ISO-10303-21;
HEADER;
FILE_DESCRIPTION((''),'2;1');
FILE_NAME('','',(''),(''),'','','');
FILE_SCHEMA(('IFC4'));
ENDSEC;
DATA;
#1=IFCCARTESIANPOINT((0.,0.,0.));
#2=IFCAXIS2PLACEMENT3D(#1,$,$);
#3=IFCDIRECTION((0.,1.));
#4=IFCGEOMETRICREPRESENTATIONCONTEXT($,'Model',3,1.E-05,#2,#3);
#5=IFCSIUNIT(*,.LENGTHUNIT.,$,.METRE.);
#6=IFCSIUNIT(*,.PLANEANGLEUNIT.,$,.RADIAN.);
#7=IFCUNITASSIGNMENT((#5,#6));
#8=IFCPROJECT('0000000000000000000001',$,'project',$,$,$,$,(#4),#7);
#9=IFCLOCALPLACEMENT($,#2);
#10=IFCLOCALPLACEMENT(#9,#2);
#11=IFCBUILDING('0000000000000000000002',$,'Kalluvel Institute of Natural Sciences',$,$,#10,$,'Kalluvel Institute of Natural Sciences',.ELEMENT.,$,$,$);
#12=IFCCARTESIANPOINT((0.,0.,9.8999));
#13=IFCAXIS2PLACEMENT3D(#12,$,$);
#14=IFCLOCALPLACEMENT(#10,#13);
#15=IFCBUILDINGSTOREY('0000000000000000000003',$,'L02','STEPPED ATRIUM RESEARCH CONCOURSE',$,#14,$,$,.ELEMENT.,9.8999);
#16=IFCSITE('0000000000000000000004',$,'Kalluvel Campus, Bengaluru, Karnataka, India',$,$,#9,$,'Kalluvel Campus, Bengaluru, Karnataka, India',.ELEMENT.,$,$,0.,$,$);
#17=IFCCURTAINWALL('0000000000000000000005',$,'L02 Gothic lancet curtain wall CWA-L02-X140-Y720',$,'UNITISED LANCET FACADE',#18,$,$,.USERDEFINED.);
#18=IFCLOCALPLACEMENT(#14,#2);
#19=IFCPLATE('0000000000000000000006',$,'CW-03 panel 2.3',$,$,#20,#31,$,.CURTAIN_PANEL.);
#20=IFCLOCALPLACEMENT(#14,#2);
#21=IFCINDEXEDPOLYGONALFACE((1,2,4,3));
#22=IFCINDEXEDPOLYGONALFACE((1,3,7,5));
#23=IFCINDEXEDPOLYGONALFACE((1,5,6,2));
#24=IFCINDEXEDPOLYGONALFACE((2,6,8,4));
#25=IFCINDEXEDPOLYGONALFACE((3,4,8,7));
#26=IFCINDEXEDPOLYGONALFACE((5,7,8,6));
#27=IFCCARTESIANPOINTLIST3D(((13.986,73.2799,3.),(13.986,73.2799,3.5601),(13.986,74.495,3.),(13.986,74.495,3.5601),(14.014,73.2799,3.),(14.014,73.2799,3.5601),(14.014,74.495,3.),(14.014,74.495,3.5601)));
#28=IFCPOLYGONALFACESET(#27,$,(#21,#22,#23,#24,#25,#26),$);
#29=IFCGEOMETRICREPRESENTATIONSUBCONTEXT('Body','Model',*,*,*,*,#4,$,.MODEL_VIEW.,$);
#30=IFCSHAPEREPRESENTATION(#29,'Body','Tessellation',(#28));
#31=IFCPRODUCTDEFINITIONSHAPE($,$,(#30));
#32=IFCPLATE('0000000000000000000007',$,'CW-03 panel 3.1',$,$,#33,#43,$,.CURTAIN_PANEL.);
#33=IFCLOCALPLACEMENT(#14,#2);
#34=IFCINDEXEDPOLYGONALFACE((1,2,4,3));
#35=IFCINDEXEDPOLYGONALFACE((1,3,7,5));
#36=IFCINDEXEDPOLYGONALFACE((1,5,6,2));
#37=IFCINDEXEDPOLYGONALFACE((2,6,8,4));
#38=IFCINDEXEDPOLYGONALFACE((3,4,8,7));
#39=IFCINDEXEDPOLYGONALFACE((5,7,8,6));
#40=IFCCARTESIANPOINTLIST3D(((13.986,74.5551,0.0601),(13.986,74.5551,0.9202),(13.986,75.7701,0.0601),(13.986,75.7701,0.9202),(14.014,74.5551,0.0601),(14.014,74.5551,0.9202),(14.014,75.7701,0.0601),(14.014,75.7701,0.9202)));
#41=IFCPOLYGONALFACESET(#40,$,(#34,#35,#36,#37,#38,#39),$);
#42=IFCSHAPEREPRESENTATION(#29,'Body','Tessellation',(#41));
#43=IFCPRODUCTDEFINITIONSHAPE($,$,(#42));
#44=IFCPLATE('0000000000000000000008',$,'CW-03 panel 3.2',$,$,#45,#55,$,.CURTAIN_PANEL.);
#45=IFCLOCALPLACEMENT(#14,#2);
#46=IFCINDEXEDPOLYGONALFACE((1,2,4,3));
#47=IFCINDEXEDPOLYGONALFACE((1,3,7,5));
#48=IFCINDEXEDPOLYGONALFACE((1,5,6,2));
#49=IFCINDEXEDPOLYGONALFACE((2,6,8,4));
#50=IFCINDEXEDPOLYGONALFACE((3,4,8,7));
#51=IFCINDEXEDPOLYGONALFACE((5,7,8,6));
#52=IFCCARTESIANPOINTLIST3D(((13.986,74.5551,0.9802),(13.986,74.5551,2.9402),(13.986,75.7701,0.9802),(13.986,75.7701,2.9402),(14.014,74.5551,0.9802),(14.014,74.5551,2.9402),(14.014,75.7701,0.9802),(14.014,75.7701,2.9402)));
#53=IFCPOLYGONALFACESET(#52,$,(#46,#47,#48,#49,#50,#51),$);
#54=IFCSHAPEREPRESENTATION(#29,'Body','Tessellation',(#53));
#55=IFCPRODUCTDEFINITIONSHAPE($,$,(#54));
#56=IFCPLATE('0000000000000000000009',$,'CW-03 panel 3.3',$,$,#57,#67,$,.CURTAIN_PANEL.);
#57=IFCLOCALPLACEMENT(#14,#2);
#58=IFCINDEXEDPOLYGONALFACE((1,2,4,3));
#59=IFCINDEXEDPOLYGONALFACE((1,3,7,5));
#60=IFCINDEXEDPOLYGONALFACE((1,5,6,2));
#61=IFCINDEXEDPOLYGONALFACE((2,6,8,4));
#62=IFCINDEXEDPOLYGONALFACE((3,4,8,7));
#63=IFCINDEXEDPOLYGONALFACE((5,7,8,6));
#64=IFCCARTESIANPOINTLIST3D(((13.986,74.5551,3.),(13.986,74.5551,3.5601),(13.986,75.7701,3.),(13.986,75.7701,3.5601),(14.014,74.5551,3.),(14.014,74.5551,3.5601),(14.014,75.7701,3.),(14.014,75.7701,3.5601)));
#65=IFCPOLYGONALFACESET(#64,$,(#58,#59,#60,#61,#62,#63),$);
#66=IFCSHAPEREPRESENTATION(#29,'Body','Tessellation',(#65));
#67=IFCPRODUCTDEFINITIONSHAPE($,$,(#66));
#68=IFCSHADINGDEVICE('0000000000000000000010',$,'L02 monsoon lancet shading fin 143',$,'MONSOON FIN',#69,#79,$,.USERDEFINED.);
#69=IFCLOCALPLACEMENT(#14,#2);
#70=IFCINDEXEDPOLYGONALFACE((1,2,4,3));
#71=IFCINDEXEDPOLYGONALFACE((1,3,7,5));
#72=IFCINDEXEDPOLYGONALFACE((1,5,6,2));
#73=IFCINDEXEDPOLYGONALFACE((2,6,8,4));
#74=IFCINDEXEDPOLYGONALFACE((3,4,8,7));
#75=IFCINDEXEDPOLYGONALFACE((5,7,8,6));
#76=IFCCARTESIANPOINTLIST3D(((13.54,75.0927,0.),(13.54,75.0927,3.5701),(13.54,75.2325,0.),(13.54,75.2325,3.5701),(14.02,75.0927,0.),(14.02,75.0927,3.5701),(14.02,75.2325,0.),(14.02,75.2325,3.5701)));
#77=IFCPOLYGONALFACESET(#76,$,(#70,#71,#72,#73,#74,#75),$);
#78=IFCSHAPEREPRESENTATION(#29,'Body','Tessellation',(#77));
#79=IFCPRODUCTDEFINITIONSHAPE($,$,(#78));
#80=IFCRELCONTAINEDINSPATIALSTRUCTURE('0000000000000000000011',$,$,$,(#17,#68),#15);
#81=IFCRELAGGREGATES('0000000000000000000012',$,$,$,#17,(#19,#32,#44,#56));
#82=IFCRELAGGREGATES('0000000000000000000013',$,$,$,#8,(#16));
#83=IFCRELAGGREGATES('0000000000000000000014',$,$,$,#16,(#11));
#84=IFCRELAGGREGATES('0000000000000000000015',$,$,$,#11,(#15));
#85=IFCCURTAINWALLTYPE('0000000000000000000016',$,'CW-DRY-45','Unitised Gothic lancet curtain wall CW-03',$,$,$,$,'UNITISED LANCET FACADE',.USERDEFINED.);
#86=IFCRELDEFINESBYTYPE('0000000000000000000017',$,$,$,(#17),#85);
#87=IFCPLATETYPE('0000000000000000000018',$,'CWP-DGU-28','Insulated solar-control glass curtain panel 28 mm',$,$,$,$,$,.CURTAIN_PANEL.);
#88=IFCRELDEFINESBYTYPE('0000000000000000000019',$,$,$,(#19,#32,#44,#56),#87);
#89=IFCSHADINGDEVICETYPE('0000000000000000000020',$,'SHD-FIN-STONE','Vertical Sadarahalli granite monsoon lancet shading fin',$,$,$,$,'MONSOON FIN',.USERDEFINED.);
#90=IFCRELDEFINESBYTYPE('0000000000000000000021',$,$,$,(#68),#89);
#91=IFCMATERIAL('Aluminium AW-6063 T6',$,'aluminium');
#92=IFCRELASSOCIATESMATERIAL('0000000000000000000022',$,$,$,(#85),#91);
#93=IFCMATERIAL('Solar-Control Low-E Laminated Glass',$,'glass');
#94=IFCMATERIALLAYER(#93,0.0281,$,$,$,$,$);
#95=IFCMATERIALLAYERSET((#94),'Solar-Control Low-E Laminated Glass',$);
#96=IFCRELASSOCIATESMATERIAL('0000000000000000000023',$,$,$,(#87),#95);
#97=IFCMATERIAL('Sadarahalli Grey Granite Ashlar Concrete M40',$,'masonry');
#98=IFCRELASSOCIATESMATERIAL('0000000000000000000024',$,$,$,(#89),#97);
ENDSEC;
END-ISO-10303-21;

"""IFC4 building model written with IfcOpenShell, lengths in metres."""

from ifc_helpers import new_model, si_unit, direction, frame, origin, origin_2d, place, context, subcontext, project, spatial, rectangle, extrude, material, layer, layer_set, type_object, element, aggregate, save


model = new_model("IFC4")

# Units and contexts
model_context = context("Model", 3, precision=1e-05, world=origin(), true_north=direction((0.0, 1.0)))
body_context = subcontext(model_context, "Body", "Model", "MODEL_VIEW")
ifc_project = project(units=[si_unit("LENGTHUNIT", "METRE"), si_unit("PLANEANGLEUNIT", "RADIAN")], contexts=[model_context])

# Site, building, storey
site_placement = place(None, origin())
site = spatial("IfcSite", under=ifc_project, at=site_placement, Name="Kalluvel Campus, Bengaluru, Karnataka, India", LongName="Kalluvel Campus, Bengaluru, Karnataka, India", CompositionType="ELEMENT", RefElevation=0.0)
building_placement = place(site_placement, origin())
building = spatial("IfcBuilding", under=site, at=building_placement, Name="Kalluvel Institute of Natural Sciences", LongName="Kalluvel Institute of Natural Sciences", CompositionType="ELEMENT")
storey_placement = place(building_placement, frame((0.0, 0.0, 9.8999)))
storey = spatial("IfcBuildingStorey", under=building, at=storey_placement, Name="L02", Description="STEPPED ATRIUM RESEARCH CONCOURSE", CompositionType="ELEMENT", Elevation=9.8999)

# Curtain wall
ifc_material_1 = material(Name="Aluminium AW-6063 T6", Category="aluminium")
curtain_wall_type = type_object("IfcCurtainWallType", Name="CW-DRY-45", Description="Unitised Gothic lancet curtain wall CW-03", ElementType="UNITISED LANCET FACADE", PredefinedType="USERDEFINED", material=ifc_material_1)
curtain_wall_placement = place(storey_placement, origin())
curtain_wall = element("IfcCurtainWall", 1, at=curtain_wall_placement, inside=storey, type_object=curtain_wall_type, Name="L02 Gothic lancet curtain wall CWA-L02-X140-Y720", ObjectType="UNITISED LANCET FACADE", PredefinedType="USERDEFINED")

# Plates
ifc_material_2 = material(Name="Solar-Control Low-E Laminated Glass", Category="glass")
ifc_layer = layer(ifc_material_2, 0.0281)
ifc_layer_set = layer_set([ifc_layer], Name="Solar-Control Low-E Laminated Glass")
plate_type = type_object("IfcPlateType", Name="CWP-DGU-28", Description="Insulated solar-control glass curtain panel 28 mm", PredefinedType="CURTAIN_PANEL", material=ifc_layer_set)
plate_1_placement = place(storey_placement, frame((14.0, 73.8875, 3.0), z_axis=(0.0, 0.0, 1.0), x_axis=(0.0, 1.0, 0.0)))
plate_1 = element("IfcPlate", 2, at=plate_1_placement, type_object=plate_type, Name="CW-03 panel 2.3", PredefinedType="CURTAIN_PANEL", context=body_context, shape_type="SweptSolid", body=[
    extrude(rectangle(XDim=1.2151, YDim=0.0281, at=origin_2d()), origin(), (0.0, 0.0, 1.0), 0.5601),
])
plate_2_placement = place(storey_placement, frame((14.0, 75.1626, 0.0601), z_axis=(0.0, 0.0, 1.0), x_axis=(0.0, 1.0, 0.0)))
plate_2 = element("IfcPlate", 3, at=plate_2_placement, type_object=plate_type, Name="CW-03 panel 3.1", PredefinedType="CURTAIN_PANEL", context=body_context, shape_type="SweptSolid", body=[
    extrude(rectangle(XDim=1.2151, YDim=0.0281, at=origin_2d()), origin(), (0.0, 0.0, 1.0), 0.8601),
])
plate_3_placement = place(storey_placement, frame((14.0, 75.1626, 0.9802), z_axis=(0.0, 0.0, 1.0), x_axis=(0.0, 1.0, 0.0)))
plate_3 = element("IfcPlate", 4, at=plate_3_placement, type_object=plate_type, Name="CW-03 panel 3.2", PredefinedType="CURTAIN_PANEL", context=body_context, shape_type="SweptSolid", body=[
    extrude(rectangle(XDim=1.2151, YDim=0.0281, at=origin_2d()), origin(), (0.0, 0.0, 1.0), 1.96),
])
plate_4_placement = place(storey_placement, frame((14.0, 75.1626, 3.0), z_axis=(0.0, 0.0, 1.0), x_axis=(0.0, 1.0, 0.0)))
plate_4 = element("IfcPlate", 5, at=plate_4_placement, type_object=plate_type, Name="CW-03 panel 3.3", PredefinedType="CURTAIN_PANEL", context=body_context, shape_type="SweptSolid", body=[
    extrude(rectangle(XDim=1.2151, YDim=0.0281, at=origin_2d()), origin(), (0.0, 0.0, 1.0), 0.5601),
])
aggregate(curtain_wall, [plate_1, plate_2, plate_3, plate_4])

# Shading device
ifc_material_3 = material(Name="Sadarahalli Grey Granite Ashlar Concrete M40", Category="masonry")
shading_device_type = type_object("IfcShadingDeviceType", Name="SHD-FIN-STONE", Description="Vertical Sadarahalli granite monsoon lancet shading fin", ElementType="MONSOON FIN", PredefinedType="USERDEFINED", material=ifc_material_3)
shading_device_placement = place(storey_placement, frame((13.78, 75.1626, 0.0), z_axis=(0.0, 0.0, 1.0), x_axis=(0.0, 1.0, 0.0)))
element("IfcShadingDevice", 6, at=shading_device_placement, inside=storey, type_object=shading_device_type, Name="L02 monsoon lancet shading fin 143", ObjectType="MONSOON FIN", PredefinedType="USERDEFINED", context=body_context, shape_type="SweptSolid", body=[
    extrude(rectangle(XDim=0.1399, YDim=0.48, at=origin_2d()), origin(), (0.0, 0.0, 1.0), 3.5701),
])

save(model, "model.ifc")
